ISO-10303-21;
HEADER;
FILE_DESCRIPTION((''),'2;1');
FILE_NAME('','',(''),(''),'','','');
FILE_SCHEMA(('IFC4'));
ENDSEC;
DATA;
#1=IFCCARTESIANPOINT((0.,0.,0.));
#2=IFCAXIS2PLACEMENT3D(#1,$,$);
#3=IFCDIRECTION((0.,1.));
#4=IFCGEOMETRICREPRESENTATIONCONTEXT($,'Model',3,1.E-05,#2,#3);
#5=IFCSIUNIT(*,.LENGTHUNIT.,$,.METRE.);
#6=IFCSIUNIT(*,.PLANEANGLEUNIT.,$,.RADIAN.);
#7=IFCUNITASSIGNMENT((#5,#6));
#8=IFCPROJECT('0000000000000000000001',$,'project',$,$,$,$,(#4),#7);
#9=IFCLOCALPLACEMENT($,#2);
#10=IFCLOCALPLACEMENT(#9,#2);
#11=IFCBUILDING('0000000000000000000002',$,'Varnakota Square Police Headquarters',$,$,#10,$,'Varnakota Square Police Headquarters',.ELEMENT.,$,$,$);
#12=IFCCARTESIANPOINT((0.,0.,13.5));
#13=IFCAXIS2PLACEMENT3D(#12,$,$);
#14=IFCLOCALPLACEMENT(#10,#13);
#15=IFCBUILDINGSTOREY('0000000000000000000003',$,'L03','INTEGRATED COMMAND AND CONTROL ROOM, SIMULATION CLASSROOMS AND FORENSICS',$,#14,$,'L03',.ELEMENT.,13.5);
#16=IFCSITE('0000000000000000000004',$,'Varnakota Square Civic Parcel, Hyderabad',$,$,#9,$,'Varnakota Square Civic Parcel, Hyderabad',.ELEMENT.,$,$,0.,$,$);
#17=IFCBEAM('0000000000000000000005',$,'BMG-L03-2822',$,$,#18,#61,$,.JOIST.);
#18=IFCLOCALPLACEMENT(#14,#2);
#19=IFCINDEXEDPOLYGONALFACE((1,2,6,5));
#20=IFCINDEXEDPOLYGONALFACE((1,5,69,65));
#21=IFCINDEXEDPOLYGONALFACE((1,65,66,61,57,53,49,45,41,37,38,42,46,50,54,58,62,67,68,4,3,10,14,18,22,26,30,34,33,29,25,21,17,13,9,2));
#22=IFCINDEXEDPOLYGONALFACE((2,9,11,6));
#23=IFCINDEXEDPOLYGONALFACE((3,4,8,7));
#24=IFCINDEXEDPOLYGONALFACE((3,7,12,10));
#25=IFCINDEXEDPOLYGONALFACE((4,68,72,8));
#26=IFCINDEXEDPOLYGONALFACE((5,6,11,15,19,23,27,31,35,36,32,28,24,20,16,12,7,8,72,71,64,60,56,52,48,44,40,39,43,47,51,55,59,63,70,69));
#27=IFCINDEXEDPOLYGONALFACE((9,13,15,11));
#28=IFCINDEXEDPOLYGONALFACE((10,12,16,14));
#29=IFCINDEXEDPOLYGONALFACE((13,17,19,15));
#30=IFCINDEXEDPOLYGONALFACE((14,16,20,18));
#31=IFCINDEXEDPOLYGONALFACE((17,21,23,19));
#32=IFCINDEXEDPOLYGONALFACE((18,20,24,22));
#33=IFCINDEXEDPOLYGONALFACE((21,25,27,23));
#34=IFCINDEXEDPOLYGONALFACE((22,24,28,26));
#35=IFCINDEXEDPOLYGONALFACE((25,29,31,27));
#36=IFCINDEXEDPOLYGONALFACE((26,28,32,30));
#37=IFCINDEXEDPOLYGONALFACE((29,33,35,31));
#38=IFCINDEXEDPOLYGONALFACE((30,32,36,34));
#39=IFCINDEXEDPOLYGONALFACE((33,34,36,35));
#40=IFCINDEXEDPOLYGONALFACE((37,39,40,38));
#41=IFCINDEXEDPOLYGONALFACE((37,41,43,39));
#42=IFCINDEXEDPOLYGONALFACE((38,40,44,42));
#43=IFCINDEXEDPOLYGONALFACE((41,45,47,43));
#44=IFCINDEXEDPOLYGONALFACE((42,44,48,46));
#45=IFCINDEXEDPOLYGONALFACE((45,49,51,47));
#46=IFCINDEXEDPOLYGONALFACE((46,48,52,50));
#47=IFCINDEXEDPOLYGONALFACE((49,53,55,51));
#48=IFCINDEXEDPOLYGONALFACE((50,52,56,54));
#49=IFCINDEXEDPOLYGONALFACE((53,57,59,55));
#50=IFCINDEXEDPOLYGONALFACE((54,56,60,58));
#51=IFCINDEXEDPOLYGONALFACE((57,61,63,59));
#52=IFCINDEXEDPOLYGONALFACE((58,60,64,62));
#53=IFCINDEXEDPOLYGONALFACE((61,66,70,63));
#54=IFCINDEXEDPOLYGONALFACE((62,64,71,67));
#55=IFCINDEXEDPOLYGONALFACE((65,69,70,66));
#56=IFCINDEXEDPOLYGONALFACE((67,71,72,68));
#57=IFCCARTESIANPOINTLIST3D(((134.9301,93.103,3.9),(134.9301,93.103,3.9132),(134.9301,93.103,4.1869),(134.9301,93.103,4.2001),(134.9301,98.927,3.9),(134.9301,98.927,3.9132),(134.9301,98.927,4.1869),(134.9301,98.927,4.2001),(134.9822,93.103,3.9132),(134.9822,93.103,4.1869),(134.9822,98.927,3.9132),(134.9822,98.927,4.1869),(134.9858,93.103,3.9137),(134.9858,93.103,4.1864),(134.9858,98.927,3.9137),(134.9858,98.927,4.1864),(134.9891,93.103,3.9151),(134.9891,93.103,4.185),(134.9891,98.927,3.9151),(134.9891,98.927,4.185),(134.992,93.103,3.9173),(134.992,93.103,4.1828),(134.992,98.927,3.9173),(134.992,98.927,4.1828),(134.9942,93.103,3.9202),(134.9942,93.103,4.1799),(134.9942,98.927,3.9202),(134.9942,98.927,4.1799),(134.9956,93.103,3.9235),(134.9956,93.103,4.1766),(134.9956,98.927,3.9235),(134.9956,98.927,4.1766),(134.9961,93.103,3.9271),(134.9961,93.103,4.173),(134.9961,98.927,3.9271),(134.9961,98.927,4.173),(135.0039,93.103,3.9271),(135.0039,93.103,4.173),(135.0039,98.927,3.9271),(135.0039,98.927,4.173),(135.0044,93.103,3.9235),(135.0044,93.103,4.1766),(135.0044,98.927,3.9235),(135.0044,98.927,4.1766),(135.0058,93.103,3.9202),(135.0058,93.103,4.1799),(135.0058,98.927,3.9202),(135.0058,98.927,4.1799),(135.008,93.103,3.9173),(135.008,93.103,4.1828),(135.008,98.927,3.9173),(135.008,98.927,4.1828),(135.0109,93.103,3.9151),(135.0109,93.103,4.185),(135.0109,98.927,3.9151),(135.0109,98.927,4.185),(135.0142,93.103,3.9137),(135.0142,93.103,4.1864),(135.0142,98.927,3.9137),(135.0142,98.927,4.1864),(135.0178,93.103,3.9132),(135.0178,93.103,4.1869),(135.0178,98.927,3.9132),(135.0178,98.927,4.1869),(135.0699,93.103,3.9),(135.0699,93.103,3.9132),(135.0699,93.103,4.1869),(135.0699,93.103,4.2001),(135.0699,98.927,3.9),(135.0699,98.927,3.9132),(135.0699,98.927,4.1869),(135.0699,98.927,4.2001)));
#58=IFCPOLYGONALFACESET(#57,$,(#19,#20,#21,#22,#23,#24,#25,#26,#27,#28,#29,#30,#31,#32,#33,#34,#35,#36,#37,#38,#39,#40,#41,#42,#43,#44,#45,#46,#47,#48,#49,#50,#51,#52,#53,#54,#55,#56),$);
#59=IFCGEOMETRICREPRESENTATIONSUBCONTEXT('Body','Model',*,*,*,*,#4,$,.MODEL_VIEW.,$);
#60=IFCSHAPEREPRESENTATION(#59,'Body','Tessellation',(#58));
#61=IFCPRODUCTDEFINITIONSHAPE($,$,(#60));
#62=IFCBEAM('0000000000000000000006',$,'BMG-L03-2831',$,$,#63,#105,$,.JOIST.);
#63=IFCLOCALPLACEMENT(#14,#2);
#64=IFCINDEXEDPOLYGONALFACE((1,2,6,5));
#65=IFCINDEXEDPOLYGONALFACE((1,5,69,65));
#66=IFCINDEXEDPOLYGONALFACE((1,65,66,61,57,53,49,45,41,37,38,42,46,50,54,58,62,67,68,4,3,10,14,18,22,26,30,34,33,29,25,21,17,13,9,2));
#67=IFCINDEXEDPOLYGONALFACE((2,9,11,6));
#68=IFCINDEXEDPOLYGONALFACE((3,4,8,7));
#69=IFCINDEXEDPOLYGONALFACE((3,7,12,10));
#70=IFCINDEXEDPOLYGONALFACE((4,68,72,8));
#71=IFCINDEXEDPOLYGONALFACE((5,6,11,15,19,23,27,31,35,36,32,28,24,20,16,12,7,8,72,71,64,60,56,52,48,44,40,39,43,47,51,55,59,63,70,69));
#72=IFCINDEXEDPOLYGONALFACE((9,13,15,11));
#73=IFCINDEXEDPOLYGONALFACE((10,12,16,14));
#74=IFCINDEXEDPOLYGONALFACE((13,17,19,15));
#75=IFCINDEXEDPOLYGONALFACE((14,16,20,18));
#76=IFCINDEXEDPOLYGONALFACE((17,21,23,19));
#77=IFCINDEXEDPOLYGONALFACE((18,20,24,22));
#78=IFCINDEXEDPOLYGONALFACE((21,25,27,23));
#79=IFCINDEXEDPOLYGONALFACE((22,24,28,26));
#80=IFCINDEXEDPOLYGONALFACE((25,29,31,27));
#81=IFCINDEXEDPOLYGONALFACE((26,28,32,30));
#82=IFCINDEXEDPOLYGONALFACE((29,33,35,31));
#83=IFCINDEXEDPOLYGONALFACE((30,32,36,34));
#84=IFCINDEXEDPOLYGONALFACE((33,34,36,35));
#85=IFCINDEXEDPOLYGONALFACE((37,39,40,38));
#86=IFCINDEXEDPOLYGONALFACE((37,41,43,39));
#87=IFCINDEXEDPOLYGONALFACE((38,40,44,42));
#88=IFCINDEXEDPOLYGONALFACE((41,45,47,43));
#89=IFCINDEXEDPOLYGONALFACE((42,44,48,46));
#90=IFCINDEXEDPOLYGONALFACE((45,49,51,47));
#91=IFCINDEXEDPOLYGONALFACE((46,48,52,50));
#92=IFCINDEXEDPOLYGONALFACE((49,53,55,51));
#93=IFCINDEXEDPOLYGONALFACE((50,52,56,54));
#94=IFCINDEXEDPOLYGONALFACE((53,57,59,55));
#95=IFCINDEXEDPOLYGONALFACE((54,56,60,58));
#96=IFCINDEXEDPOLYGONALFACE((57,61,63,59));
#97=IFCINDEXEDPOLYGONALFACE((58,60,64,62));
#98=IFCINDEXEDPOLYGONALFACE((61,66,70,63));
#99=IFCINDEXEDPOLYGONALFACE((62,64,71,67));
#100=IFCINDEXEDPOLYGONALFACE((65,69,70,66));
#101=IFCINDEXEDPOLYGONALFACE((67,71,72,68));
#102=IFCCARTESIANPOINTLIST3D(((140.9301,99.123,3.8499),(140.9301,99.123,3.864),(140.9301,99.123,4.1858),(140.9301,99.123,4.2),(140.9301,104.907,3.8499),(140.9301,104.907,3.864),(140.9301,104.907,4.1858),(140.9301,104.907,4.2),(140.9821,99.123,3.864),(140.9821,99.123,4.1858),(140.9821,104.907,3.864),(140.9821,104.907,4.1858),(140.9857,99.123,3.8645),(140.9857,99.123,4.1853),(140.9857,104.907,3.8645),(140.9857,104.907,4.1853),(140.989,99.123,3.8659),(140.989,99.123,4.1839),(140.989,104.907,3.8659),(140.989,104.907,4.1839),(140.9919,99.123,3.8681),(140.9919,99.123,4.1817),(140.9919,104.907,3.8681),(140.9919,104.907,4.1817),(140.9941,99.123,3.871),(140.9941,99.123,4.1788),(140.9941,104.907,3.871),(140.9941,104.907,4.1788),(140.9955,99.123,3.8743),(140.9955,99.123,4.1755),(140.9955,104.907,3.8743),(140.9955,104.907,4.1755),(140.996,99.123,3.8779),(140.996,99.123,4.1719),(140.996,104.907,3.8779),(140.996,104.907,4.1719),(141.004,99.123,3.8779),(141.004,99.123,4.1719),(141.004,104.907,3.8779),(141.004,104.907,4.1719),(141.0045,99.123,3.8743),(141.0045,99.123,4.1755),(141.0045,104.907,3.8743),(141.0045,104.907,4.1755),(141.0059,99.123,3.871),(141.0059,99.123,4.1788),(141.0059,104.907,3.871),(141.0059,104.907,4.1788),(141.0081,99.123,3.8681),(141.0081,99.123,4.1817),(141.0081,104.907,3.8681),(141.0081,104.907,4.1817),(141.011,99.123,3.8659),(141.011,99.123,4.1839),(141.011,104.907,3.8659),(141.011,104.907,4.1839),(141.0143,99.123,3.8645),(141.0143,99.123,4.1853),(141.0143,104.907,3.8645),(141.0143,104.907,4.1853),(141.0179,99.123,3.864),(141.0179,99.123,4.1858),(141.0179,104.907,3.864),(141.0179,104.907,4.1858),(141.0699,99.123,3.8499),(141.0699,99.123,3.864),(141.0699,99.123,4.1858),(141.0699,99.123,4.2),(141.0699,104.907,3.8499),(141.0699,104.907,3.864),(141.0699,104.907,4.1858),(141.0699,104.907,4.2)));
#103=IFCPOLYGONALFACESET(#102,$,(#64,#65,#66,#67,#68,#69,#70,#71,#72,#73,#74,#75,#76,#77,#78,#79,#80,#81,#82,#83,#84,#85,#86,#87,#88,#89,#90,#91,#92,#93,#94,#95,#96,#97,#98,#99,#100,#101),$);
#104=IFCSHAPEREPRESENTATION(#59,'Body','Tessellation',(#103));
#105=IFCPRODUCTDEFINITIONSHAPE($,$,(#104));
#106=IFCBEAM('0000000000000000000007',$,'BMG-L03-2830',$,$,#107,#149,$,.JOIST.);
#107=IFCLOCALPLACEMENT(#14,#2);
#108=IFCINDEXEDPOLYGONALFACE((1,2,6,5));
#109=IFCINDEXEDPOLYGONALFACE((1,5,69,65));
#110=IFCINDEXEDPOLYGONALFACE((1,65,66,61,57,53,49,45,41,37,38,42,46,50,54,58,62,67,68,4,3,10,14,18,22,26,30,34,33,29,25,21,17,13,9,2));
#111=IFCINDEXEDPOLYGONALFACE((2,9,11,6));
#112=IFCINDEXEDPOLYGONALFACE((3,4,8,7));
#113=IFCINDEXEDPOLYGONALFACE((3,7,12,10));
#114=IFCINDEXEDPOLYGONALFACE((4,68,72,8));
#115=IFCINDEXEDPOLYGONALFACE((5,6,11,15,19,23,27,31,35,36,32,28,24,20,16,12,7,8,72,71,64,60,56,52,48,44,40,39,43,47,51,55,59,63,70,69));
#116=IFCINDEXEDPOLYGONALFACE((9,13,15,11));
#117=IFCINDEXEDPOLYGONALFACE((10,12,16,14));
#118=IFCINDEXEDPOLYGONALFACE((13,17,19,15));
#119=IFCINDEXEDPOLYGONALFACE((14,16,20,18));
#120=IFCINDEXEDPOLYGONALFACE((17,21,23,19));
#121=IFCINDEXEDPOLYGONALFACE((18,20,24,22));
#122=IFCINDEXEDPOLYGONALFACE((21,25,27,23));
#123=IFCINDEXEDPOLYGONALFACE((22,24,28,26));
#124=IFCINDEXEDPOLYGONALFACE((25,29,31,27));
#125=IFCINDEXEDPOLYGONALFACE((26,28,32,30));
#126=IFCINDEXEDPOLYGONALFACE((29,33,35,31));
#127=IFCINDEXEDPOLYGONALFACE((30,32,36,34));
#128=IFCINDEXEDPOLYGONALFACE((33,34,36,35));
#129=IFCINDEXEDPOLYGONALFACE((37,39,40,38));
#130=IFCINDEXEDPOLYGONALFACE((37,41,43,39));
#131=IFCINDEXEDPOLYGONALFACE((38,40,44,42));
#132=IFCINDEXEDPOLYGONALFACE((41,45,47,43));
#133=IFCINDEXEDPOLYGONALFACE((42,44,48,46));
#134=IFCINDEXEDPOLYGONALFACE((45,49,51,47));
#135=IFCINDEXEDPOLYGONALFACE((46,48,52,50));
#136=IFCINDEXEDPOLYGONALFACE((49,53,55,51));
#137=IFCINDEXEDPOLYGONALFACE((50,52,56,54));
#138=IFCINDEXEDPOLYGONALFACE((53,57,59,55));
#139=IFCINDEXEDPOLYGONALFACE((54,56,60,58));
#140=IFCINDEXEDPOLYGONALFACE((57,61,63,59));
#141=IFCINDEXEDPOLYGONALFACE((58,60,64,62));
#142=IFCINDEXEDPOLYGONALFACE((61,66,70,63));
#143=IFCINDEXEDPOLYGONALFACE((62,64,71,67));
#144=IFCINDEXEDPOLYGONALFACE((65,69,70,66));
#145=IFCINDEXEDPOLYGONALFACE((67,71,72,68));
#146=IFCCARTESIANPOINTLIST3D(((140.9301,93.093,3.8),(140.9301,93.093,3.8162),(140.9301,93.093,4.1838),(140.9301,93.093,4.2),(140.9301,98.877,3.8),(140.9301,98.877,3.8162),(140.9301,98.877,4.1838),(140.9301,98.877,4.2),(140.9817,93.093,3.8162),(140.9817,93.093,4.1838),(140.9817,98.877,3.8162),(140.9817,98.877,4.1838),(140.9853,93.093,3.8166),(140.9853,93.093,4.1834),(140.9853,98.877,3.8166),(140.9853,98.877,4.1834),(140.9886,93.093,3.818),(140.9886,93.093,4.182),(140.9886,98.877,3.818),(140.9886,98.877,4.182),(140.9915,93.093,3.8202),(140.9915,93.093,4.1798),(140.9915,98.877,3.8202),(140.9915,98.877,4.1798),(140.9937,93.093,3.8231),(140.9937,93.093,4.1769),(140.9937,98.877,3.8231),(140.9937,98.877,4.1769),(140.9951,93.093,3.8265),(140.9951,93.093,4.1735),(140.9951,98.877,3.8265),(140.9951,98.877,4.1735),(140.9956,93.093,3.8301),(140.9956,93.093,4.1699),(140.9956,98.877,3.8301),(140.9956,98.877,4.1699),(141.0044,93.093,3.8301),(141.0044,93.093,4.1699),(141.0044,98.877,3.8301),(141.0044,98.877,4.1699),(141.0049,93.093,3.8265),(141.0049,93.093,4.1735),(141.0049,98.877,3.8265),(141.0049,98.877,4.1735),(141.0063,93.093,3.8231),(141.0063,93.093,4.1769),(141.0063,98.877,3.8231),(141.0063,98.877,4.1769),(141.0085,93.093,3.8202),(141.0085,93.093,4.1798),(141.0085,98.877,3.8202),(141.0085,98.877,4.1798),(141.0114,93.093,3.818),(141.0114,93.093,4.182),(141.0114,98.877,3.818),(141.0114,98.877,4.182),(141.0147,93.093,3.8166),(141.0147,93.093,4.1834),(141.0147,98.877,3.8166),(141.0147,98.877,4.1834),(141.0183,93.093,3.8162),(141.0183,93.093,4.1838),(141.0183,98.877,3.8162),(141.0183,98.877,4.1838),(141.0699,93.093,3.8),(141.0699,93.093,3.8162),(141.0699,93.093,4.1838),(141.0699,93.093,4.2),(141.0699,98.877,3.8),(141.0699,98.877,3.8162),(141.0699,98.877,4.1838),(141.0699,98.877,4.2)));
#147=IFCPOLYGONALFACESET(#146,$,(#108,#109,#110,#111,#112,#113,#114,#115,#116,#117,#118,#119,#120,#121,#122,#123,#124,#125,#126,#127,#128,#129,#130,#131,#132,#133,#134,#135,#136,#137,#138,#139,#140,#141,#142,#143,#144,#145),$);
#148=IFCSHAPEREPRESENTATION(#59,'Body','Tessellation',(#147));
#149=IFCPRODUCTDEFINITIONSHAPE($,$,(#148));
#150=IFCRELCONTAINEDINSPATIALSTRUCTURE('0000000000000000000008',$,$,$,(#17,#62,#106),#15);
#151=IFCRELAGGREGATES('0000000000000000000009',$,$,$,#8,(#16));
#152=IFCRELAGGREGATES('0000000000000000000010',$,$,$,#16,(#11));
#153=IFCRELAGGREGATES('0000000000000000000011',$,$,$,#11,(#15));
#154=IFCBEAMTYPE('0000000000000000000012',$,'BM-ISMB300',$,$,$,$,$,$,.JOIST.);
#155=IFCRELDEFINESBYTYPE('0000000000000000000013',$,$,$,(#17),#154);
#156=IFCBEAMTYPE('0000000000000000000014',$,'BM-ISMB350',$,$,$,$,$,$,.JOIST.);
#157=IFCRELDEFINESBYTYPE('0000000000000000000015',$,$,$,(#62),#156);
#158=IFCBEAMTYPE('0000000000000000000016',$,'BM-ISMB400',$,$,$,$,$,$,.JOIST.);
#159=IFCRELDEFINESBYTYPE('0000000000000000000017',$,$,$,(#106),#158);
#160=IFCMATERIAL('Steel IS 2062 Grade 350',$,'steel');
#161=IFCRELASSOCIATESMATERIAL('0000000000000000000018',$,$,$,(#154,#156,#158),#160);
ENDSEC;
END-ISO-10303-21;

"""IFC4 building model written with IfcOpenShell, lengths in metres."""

from ifc_helpers import new_model, si_unit, direction, frame, origin, origin_2d, place, context, subcontext, project, spatial, i_section, extrude, material, material_profile, profile_set, type_object, element, save


model = new_model("IFC4")

# Units and contexts
model_context = context("Model", 3, precision=1e-05, world=origin(), true_north=direction((0.0, 1.0)))
body_context = subcontext(model_context, "Body", "Model", "MODEL_VIEW")
ifc_project = project(units=[si_unit("LENGTHUNIT", "METRE"), si_unit("PLANEANGLEUNIT", "RADIAN")], contexts=[model_context])

# Site, building, storey
site_placement = place(None, origin())
site = spatial("IfcSite", under=ifc_project, at=site_placement, Name="Varnakota Square Civic Parcel, Hyderabad", LongName="Varnakota Square Civic Parcel, Hyderabad", CompositionType="ELEMENT", RefElevation=0.0)
building_placement = place(site_placement, origin())
building = spatial("IfcBuilding", under=site, at=building_placement, Name="Varnakota Square Police Headquarters", LongName="Varnakota Square Police Headquarters", CompositionType="ELEMENT")
storey_placement = place(building_placement, frame((0.0, 0.0, 13.5)))
storey = spatial("IfcBuildingStorey", under=building, at=storey_placement, Name="L03", Description="INTEGRATED COMMAND AND CONTROL ROOM, SIMULATION CLASSROOMS AND FORENSICS", LongName="L03", CompositionType="ELEMENT", Elevation=13.5)

# Shared definitions
ifc_material_1 = material(Name="Steel IS 2062 Grade 350", Category="steel")

# Beams
ifc_material_profile_1 = material_profile(ifc_material_1, i_section(OverallWidth=0.1399, OverallDepth=0.3, WebThickness=0.0078, FlangeThickness=0.0132, FilletRadius=0.0139, at=origin_2d()), Name="ISMB 300")
ifc_profile_set_1 = profile_set([ifc_material_profile_1], Name="Steel IS 2062 Grade 350")
beam_type_1 = type_object("IfcBeamType", Name="BM-ISMB300", PredefinedType="JOIST", material=ifc_profile_set_1)
beam_1_placement = place(storey_placement, frame((135.0, 93.103, 4.05), z_axis=(0.0, 1.0, 0.0), x_axis=(-1.0, 0.0, 0.0)))
element("IfcBeam", 1, at=beam_1_placement, inside=storey, type_object=beam_type_1, Name="BMG-L03-2822", PredefinedType="JOIST", context=body_context, shape_type="SweptSolid", body=[
    extrude(i_section(OverallWidth=0.1399, OverallDepth=0.3, WebThickness=0.0078, FlangeThickness=0.0132, FilletRadius=0.0139, at=origin_2d()), origin(), (0.0, 0.0, 1.0), 5.824),
])
ifc_material_profile_2 = material_profile(ifc_material_1, i_section(OverallWidth=0.1399, OverallDepth=0.3501, WebThickness=0.0081, FlangeThickness=0.0142, FilletRadius=0.0139, at=origin_2d()), Name="ISMB 350")
ifc_profile_set_2 = profile_set([ifc_material_profile_2], Name="Steel IS 2062 Grade 350")
beam_type_2 = type_object("IfcBeamType", Name="BM-ISMB350", PredefinedType="JOIST", material=ifc_profile_set_2)
beam_2_placement = place(storey_placement, frame((141.0, 99.123, 4.0249), z_axis=(0.0, 1.0, 0.0), x_axis=(-1.0, 0.0, 0.0)))
element("IfcBeam", 2, at=beam_2_placement, inside=storey, type_object=beam_type_2, Name="BMG-L03-2831", PredefinedType="JOIST", context=body_context, shape_type="SweptSolid", body=[
    extrude(i_section(OverallWidth=0.1399, OverallDepth=0.3501, WebThickness=0.0081, FlangeThickness=0.0142, FilletRadius=0.0139, at=origin_2d()), origin(), (0.0, 0.0, 1.0), 5.7839),
])
ifc_material_profile_3 = material_profile(ifc_material_1, i_section(OverallWidth=0.1399, OverallDepth=0.3999, WebThickness=0.0088, FlangeThickness=0.0161, FilletRadius=0.0139, at=origin_2d()), Name="ISMB 400")
ifc_profile_set_3 = profile_set([ifc_material_profile_3], Name="Steel IS 2062 Grade 350")
beam_type_3 = type_object("IfcBeamType", Name="BM-ISMB400", PredefinedType="JOIST", material=ifc_profile_set_3)
beam_3_placement = place(storey_placement, frame((141.0, 93.093, 4.0), z_axis=(0.0, 1.0, 0.0), x_axis=(-1.0, 0.0, 0.0)))
element("IfcBeam", 3, at=beam_3_placement, inside=storey, type_object=beam_type_3, Name="BMG-L03-2830", PredefinedType="JOIST", context=body_context, shape_type="SweptSolid", body=[
    extrude(i_section(OverallWidth=0.1399, OverallDepth=0.3999, WebThickness=0.0088, FlangeThickness=0.0161, FilletRadius=0.0139, at=origin_2d()), origin(), (0.0, 0.0, 1.0), 5.7839),
])

save(model, "model.ifc")
